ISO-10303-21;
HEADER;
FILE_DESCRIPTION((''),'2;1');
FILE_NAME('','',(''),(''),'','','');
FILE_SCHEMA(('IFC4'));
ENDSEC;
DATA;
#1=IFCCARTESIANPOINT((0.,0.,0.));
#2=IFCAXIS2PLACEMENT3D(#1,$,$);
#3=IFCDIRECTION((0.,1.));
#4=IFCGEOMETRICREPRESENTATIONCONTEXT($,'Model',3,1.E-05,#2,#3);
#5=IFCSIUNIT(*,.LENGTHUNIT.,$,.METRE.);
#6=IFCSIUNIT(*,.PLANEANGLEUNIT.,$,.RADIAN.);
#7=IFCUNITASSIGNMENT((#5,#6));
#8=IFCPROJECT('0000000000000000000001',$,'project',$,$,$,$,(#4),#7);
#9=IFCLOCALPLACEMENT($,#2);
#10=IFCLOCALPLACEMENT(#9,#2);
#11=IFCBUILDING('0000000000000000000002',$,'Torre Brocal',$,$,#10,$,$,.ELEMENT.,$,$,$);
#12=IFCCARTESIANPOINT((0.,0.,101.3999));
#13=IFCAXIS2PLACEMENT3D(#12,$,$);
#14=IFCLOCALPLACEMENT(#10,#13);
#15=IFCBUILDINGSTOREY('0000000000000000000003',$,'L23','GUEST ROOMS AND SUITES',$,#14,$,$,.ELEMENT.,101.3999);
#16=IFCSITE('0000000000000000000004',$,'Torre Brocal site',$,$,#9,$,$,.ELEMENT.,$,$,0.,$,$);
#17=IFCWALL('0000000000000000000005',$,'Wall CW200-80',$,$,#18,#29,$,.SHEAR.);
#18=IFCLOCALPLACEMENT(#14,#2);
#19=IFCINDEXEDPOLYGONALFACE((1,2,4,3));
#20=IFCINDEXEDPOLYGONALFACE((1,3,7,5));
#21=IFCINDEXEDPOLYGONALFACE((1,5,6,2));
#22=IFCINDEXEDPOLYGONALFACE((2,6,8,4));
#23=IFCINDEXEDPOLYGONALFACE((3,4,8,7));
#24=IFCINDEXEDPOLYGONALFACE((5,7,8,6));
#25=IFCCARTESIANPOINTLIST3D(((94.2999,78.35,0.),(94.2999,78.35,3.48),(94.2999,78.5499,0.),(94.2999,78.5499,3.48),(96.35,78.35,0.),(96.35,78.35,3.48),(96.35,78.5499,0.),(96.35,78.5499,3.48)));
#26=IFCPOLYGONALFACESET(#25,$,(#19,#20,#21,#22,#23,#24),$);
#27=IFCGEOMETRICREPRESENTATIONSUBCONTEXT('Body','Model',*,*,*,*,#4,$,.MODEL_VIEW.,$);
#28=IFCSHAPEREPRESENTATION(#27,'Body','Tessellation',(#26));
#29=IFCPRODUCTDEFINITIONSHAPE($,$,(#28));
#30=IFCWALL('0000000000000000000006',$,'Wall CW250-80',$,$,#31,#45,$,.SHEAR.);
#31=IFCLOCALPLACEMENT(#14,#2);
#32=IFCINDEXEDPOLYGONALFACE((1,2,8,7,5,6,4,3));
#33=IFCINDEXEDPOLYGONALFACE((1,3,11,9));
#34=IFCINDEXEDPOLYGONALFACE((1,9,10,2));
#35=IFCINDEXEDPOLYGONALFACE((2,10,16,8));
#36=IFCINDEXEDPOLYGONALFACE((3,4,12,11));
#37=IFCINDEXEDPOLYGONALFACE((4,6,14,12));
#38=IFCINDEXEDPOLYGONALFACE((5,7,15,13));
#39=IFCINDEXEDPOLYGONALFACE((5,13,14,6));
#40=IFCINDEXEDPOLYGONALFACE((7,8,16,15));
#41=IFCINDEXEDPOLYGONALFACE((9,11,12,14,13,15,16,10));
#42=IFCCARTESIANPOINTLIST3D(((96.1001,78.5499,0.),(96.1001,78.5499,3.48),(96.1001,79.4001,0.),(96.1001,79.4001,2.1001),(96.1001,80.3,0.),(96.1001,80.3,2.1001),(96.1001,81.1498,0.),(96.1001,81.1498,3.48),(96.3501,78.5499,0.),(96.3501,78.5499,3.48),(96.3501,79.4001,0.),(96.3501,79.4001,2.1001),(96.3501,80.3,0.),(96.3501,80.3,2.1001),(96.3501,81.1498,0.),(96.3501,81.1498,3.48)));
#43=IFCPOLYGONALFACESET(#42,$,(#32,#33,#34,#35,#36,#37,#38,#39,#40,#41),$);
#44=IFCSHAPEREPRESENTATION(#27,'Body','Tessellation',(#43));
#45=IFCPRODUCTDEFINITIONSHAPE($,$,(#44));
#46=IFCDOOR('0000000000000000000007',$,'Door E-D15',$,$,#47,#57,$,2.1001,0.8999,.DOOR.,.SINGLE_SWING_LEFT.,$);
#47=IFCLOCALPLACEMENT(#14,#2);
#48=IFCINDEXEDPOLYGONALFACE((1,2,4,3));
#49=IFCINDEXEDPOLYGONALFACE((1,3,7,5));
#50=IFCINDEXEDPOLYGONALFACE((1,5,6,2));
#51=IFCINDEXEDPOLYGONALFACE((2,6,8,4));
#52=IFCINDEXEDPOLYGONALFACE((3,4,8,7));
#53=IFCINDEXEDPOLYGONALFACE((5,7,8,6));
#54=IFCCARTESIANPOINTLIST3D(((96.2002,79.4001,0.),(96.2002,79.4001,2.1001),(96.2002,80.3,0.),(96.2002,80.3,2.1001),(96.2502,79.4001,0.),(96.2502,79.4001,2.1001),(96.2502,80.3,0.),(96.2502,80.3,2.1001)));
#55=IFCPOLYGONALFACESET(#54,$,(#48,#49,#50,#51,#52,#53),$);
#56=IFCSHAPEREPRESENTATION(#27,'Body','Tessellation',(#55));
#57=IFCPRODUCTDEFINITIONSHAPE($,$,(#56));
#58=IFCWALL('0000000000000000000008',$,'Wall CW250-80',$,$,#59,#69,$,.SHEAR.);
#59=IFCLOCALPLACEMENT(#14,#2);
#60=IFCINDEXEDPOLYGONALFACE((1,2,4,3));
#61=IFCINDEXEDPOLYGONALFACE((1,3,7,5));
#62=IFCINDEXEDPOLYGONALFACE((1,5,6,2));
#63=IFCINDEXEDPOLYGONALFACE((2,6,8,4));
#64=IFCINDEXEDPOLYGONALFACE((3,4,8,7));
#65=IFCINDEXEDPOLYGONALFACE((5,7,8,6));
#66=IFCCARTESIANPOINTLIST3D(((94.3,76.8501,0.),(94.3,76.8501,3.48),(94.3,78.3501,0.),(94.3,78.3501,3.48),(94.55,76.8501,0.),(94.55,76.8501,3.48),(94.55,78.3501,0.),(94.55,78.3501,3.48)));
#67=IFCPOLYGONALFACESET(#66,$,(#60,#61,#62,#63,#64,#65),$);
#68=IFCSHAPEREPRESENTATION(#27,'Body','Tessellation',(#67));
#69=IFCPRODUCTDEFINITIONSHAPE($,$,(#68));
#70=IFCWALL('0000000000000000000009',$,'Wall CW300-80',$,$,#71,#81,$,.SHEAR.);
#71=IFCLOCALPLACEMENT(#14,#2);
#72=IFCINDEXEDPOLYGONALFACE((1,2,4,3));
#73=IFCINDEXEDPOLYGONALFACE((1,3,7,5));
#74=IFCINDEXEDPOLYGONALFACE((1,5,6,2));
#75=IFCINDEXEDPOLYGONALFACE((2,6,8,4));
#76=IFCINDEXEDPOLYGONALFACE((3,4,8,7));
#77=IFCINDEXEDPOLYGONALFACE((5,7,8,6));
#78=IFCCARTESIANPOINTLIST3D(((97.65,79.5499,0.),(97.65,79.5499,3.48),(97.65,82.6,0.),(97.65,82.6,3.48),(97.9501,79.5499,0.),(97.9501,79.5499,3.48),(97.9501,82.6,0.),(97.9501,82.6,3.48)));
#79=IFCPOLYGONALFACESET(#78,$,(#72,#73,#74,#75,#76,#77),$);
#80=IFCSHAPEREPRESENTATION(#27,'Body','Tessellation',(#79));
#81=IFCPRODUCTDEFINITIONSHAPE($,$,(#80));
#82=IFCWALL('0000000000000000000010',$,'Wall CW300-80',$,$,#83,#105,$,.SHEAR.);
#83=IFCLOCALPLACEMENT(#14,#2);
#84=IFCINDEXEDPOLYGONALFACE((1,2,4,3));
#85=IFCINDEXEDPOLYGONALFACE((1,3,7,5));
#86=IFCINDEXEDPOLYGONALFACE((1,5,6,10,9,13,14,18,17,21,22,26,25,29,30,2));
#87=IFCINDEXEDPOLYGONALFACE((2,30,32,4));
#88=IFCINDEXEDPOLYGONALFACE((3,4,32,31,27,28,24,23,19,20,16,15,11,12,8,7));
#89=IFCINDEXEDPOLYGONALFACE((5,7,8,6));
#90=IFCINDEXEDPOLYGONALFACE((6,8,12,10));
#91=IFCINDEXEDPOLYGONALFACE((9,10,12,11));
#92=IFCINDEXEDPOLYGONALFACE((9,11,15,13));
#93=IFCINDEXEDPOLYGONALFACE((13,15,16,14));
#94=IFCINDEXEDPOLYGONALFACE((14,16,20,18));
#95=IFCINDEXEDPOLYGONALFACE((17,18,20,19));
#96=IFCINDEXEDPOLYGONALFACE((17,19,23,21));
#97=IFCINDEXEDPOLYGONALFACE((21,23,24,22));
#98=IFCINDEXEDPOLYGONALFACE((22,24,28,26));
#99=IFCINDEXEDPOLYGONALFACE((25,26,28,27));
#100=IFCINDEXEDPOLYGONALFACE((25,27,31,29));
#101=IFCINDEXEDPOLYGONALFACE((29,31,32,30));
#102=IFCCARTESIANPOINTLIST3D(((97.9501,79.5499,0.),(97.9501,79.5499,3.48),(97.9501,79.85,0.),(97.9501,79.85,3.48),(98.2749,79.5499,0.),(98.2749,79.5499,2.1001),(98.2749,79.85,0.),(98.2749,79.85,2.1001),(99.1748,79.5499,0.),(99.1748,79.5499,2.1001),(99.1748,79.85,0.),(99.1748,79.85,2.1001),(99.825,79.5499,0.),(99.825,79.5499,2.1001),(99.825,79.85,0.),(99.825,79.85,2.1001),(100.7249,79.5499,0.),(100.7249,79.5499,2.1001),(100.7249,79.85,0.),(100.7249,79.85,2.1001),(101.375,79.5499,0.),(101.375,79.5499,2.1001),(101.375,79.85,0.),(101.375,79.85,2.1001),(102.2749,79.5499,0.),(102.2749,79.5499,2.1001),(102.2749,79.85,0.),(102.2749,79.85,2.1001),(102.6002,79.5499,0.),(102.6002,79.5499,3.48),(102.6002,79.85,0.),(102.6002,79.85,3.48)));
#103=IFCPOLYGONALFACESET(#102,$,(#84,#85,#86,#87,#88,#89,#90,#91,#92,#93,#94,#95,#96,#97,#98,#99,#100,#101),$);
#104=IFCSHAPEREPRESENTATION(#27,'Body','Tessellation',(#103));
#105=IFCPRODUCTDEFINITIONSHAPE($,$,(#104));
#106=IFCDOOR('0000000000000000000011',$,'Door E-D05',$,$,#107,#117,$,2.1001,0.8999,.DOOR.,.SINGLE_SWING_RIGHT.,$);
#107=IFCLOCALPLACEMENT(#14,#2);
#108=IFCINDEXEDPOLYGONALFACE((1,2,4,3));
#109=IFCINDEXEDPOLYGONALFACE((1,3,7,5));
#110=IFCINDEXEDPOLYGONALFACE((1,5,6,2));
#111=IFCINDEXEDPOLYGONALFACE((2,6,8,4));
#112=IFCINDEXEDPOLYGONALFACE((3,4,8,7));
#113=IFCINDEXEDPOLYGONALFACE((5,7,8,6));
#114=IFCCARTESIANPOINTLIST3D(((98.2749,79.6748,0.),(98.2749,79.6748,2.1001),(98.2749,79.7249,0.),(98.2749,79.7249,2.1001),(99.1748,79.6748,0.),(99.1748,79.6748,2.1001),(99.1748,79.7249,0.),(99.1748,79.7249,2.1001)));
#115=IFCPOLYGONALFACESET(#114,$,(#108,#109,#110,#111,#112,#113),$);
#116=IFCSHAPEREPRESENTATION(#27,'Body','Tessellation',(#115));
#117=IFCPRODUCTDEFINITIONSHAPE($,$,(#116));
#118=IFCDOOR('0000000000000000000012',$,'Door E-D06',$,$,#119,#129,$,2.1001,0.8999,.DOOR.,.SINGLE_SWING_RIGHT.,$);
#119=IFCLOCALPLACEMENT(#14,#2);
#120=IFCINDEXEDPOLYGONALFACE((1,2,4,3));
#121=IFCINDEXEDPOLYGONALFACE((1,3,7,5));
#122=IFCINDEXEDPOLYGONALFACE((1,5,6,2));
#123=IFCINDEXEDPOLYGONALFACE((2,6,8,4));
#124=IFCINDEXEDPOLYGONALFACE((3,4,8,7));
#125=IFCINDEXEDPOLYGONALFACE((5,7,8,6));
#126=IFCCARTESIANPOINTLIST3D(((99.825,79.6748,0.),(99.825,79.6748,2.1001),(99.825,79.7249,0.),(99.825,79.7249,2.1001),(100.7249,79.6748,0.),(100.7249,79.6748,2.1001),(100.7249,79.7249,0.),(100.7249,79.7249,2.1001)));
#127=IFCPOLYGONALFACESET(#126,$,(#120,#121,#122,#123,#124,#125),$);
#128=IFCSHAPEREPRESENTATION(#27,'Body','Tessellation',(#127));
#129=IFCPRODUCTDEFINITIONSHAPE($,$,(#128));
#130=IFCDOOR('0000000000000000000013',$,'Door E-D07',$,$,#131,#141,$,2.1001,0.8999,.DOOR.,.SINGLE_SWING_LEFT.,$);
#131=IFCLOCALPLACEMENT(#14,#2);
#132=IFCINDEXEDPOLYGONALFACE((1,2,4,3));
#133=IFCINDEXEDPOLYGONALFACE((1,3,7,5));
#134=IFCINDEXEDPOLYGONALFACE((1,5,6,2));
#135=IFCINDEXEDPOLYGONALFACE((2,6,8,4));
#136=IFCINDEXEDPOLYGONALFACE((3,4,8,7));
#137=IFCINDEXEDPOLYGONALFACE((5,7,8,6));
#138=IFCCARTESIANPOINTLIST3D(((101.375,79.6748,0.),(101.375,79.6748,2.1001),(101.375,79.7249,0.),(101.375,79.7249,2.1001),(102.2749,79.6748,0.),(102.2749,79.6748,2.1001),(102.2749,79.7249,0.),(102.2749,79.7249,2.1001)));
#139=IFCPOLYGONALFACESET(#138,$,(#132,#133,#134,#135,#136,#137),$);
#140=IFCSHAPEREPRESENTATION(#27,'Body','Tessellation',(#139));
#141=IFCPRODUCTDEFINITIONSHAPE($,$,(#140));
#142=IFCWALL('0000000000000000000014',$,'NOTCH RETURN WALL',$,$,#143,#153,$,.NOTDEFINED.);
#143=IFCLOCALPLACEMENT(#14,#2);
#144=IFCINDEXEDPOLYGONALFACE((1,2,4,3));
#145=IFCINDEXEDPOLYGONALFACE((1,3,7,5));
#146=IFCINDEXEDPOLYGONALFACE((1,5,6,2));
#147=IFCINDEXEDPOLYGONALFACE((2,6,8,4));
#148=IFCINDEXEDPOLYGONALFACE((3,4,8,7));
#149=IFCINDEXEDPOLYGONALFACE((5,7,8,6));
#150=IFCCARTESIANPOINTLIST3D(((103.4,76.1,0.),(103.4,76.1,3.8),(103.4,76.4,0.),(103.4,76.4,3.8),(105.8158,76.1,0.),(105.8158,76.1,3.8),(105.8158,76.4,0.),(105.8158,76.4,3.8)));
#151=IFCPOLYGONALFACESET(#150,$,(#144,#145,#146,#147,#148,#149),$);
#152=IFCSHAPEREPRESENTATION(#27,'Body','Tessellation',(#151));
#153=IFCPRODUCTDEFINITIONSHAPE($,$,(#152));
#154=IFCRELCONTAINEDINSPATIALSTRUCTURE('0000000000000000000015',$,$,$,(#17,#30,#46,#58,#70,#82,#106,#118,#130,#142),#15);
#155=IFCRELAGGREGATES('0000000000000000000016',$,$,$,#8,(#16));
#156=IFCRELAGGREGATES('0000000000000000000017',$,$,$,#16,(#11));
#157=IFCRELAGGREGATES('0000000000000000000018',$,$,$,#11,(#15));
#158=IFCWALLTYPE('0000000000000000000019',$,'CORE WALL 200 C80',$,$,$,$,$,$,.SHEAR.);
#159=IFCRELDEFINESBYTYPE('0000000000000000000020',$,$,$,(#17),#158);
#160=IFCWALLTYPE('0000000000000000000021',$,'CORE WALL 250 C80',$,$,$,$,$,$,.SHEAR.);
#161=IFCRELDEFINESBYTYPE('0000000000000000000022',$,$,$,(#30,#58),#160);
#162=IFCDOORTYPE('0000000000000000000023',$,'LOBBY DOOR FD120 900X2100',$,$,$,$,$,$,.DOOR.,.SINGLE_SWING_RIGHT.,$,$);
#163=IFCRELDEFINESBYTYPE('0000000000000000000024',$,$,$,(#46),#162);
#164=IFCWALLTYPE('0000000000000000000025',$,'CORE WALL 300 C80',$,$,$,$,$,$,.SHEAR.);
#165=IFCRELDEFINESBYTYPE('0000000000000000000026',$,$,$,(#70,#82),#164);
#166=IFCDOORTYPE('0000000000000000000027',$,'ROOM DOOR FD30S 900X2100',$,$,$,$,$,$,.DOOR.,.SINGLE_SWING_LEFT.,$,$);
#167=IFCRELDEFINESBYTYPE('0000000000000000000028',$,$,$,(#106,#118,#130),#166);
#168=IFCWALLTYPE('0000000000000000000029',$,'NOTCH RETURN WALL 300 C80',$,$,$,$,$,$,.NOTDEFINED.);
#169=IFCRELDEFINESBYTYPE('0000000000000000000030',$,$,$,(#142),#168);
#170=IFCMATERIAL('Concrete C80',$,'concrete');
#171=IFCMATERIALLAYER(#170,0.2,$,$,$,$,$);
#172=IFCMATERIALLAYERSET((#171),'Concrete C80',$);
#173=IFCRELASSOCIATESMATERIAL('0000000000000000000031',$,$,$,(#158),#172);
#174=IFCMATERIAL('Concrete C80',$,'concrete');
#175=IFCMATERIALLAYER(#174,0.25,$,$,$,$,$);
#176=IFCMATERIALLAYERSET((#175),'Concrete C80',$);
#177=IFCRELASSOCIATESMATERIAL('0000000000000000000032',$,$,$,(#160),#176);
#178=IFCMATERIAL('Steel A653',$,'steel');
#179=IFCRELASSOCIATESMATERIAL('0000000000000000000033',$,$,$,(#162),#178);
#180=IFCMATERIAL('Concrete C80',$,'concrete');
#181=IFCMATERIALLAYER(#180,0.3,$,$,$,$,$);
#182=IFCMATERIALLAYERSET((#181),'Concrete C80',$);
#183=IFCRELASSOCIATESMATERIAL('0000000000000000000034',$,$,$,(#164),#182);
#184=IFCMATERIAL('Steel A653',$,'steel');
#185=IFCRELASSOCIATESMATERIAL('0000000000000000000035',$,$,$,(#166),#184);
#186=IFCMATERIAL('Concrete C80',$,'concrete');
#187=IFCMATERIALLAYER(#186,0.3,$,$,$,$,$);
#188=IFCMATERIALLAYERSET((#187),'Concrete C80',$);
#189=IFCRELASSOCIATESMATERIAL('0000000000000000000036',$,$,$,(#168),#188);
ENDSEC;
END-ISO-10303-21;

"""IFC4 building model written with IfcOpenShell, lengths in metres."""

from ifc_helpers import new_model, si_unit, direction, frame, frame_2d, origin, place, context, subcontext, project, spatial, rectangle, extrude, material, layer, layer_set, type_object, element, fill, save


model = new_model("IFC4")

# Units and contexts
model_context = context("Model", 3, precision=1e-05, world=origin(), true_north=direction((0.0, 1.0)))
body_context = subcontext(model_context, "Body", "Model", "MODEL_VIEW")
ifc_project = project(units=[si_unit("LENGTHUNIT", "METRE"), si_unit("PLANEANGLEUNIT", "RADIAN")], contexts=[model_context])

# Site, building, storey
site_placement = place(None, origin())
site = spatial("IfcSite", under=ifc_project, at=site_placement, Name="Torre Brocal site", CompositionType="ELEMENT", RefElevation=0.0)
building_placement = place(site_placement, origin())
building = spatial("IfcBuilding", under=site, at=building_placement, Name="Torre Brocal", CompositionType="ELEMENT")
storey_placement = place(building_placement, frame((0.0, 0.0, 101.3999)))
storey = spatial("IfcBuildingStorey", under=building, at=storey_placement, Name="L23", Description="GUEST ROOMS AND SUITES", CompositionType="ELEMENT", Elevation=101.3999)

# Wall
ifc_material_1 = material(Name="Concrete C80", Category="concrete")
ifc_layer_1 = layer(ifc_material_1, 0.2)
ifc_layer_set_1 = layer_set([ifc_layer_1], Name="Concrete C80")
wall_type_1 = type_object("IfcWallType", Name="CORE WALL 200 C80", PredefinedType="SHEAR", material=ifc_layer_set_1)
wall_1_placement = place(storey_placement, frame((94.3, 78.45, 0.0), z_axis=(0.0, 0.0, 1.0), x_axis=(1.0, 0.0, 0.0)))
element("IfcWall", 1, at=wall_1_placement, inside=storey, type_object=wall_type_1, Name="Wall CW200-80", PredefinedType="SHEAR", context=body_context, shape_type="SweptSolid", body=[
    extrude(rectangle(XDim=2.05, YDim=0.2, at=frame_2d((1.0249, 0.0))), origin(), (0.0, 0.0, 1.0), 3.48),
])

# Wall, opening, door
ifc_material_2 = material(Name="Concrete C80", Category="concrete")
ifc_layer_2 = layer(ifc_material_2, 0.25)
ifc_layer_set_2 = layer_set([ifc_layer_2], Name="Concrete C80")
wall_type_2 = type_object("IfcWallType", Name="CORE WALL 250 C80", PredefinedType="SHEAR", material=ifc_layer_set_2)
wall_2_placement = place(storey_placement, frame((96.2251, 78.55, 0.0), z_axis=(0.0, 0.0, 1.0), x_axis=(0.0, 1.0, 0.0)))
wall_2 = element("IfcWall", 2, at=wall_2_placement, inside=storey, type_object=wall_type_2, Name="Wall CW250-80", PredefinedType="SHEAR", context=body_context, shape_type="SweptSolid", body=[
    extrude(rectangle(XDim=2.5999, YDim=0.25, at=frame_2d((1.2998, 0.0))), origin(), (0.0, 0.0, 1.0), 3.48),
])
opening_1_placement = place(wall_2_placement, frame((0.8501, 0.0, 0.0)))
opening_1 = element("IfcOpeningElement", 3, at=opening_1_placement, cuts=wall_2, PredefinedType="OPENING", context=body_context, shape_type="SweptSolid", body=[
    extrude(rectangle(XDim=0.8999, YDim=2.1001, at=frame_2d((0.45, 1.05))), frame((0.0, 0.135, 0.0), z_axis=(0.0, -1.0, 0.0), x_axis=(1.0, 0.0, 0.0)), (0.0, 0.0, 1.0), 0.27),
])
ifc_material_3 = material(Name="Steel A653", Category="steel")
door_type_1 = type_object("IfcDoorType", Name="LOBBY DOOR FD120 900X2100", OperationType="SINGLE_SWING_RIGHT", PredefinedType="DOOR", material=ifc_material_3)
door_1_placement = place(opening_1_placement, origin())
door_1 = element("IfcDoor", 4, at=door_1_placement, inside=storey, type_object=door_type_1, Name="Door E-D15", OperationType="SINGLE_SWING_LEFT", OverallHeight=2.1001, OverallWidth=0.8999, PredefinedType="DOOR", context=body_context, shape_type="SweptSolid", body=[
    extrude(rectangle(XDim=0.8999, YDim=2.1001, at=frame_2d((0.45, 1.05))), frame((0.0, 0.0249, 0.0), z_axis=(0.0, -1.0, 0.0), x_axis=(1.0, 0.0, 0.0)), (0.0, 0.0, 1.0), 0.05),
])
fill(opening_1, door_1)

# Walls
wall_3_placement = place(storey_placement, frame((94.425, 76.8501, 0.0), z_axis=(0.0, 0.0, 1.0), x_axis=(0.0, 1.0, 0.0)))
element("IfcWall", 5, at=wall_3_placement, inside=storey, type_object=wall_type_2, Name="Wall CW250-80", PredefinedType="SHEAR", context=body_context, shape_type="SweptSolid", body=[
    extrude(rectangle(XDim=1.5, YDim=0.25, at=frame_2d((0.75, 0.0))), origin(), (0.0, 0.0, 1.0), 3.48),
])
ifc_material_4 = material(Name="Concrete C80", Category="concrete")
ifc_layer_3 = layer(ifc_material_4, 0.3)
ifc_layer_set_3 = layer_set([ifc_layer_3], Name="Concrete C80")
wall_type_3 = type_object("IfcWallType", Name="CORE WALL 300 C80", PredefinedType="SHEAR", material=ifc_layer_set_3)
wall_4_placement = place(storey_placement, frame((97.8, 79.55, 0.0), z_axis=(0.0, 0.0, 1.0), x_axis=(0.0, 1.0, 0.0)))
element("IfcWall", 6, at=wall_4_placement, inside=storey, type_object=wall_type_3, Name="Wall CW300-80", PredefinedType="SHEAR", context=body_context, shape_type="SweptSolid", body=[
    extrude(rectangle(XDim=3.05, YDim=0.3, at=frame_2d((1.5249, 0.0))), origin(), (0.0, 0.0, 1.0), 3.48),
])

# Wall, openings, doors
wall_5_placement = place(storey_placement, frame((97.95, 79.7, 0.0), z_axis=(0.0, 0.0, 1.0), x_axis=(1.0, 0.0, 0.0)))
wall_5 = element("IfcWall", 7, at=wall_5_placement, inside=storey, type_object=wall_type_3, Name="Wall CW300-80", PredefinedType="SHEAR", context=body_context, shape_type="SweptSolid", body=[
    extrude(rectangle(XDim=4.6501, YDim=0.3, at=frame_2d((2.3252, 0.0))), origin(), (0.0, 0.0, 1.0), 3.48),
])
opening_2_placement = place(wall_5_placement, frame((0.325, 0.0, 0.0)))
opening_2 = element("IfcOpeningElement", 8, at=opening_2_placement, cuts=wall_5, PredefinedType="OPENING", context=body_context, shape_type="SweptSolid", body=[
    extrude(rectangle(XDim=0.8999, YDim=2.1001, at=frame_2d((0.45, 1.05))), frame((0.0, 0.1599, 0.0), z_axis=(0.0, -1.0, 0.0), x_axis=(1.0, 0.0, 0.0)), (0.0, 0.0, 1.0), 0.3201),
])
opening_3_placement = place(wall_5_placement, frame((1.875, 0.0, 0.0)))
opening_3 = element("IfcOpeningElement", 9, at=opening_3_placement, cuts=wall_5, PredefinedType="OPENING", context=body_context, shape_type="SweptSolid", body=[
    extrude(rectangle(XDim=0.8999, YDim=2.1001, at=frame_2d((0.45, 1.05))), frame((0.0, 0.1599, 0.0), z_axis=(0.0, -1.0, 0.0), x_axis=(1.0, 0.0, 0.0)), (0.0, 0.0, 1.0), 0.3201),
])
opening_4_placement = place(wall_5_placement, frame((3.425, 0.0, 0.0)))
opening_4 = element("IfcOpeningElement", 10, at=opening_4_placement, cuts=wall_5, PredefinedType="OPENING", context=body_context, shape_type="SweptSolid", body=[
    extrude(rectangle(XDim=0.8999, YDim=2.1001, at=frame_2d((0.45, 1.05))), frame((0.0, 0.1599, 0.0), z_axis=(0.0, -1.0, 0.0), x_axis=(1.0, 0.0, 0.0)), (0.0, 0.0, 1.0), 0.3201),
])
ifc_material_5 = material(Name="Steel A653", Category="steel")
door_type_2 = type_object("IfcDoorType", Name="ROOM DOOR FD30S 900X2100", OperationType="SINGLE_SWING_LEFT", PredefinedType="DOOR", material=ifc_material_5)
door_2_placement = place(opening_2_placement, origin())
door_2 = element("IfcDoor", 11, at=door_2_placement, inside=storey, type_object=door_type_2, Name="Door E-D05", OperationType="SINGLE_SWING_RIGHT", OverallHeight=2.1001, OverallWidth=0.8999, PredefinedType="DOOR", context=body_context, shape_type="SweptSolid", body=[
    extrude(rectangle(XDim=0.8999, YDim=2.1001, at=frame_2d((0.45, 1.05))), frame((0.0, 0.0249, 0.0), z_axis=(0.0, -1.0, 0.0), x_axis=(1.0, 0.0, 0.0)), (0.0, 0.0, 1.0), 0.05),
])
fill(opening_2, door_2)
door_3_placement = place(opening_3_placement, origin())
door_3 = element("IfcDoor", 12, at=door_3_placement, inside=storey, type_object=door_type_2, Name="Door E-D06", OperationType="SINGLE_SWING_RIGHT", OverallHeight=2.1001, OverallWidth=0.8999, PredefinedType="DOOR", context=body_context, shape_type="SweptSolid", body=[
    extrude(rectangle(XDim=0.8999, YDim=2.1001, at=frame_2d((0.45, 1.05))), frame((0.0, 0.0249, 0.0), z_axis=(0.0, -1.0, 0.0), x_axis=(1.0, 0.0, 0.0)), (0.0, 0.0, 1.0), 0.05),
])
fill(opening_3, door_3)
door_4_placement = place(opening_4_placement, origin())
door_4 = element("IfcDoor", 13, at=door_4_placement, inside=storey, type_object=door_type_2, Name="Door E-D07", OperationType="SINGLE_SWING_LEFT", OverallHeight=2.1001, OverallWidth=0.8999, PredefinedType="DOOR", context=body_context, shape_type="SweptSolid", body=[
    extrude(rectangle(XDim=0.8999, YDim=2.1001, at=frame_2d((0.45, 1.05))), frame((0.0, 0.0249, 0.0), z_axis=(0.0, -1.0, 0.0), x_axis=(1.0, 0.0, 0.0)), (0.0, 0.0, 1.0), 0.05),
])
fill(opening_4, door_4)

# Wall
ifc_material_6 = material(Name="Concrete C80", Category="concrete")
ifc_layer_4 = layer(ifc_material_6, 0.3)
ifc_layer_set_4 = layer_set([ifc_layer_4], Name="Concrete C80")
wall_type_4 = type_object("IfcWallType", Name="NOTCH RETURN WALL 300 C80", PredefinedType="NOTDEFINED", material=ifc_layer_set_4)
wall_6_placement = place(storey_placement, frame((103.3999, 76.25, 0.0), z_axis=(0.0, 0.0, 1.0), x_axis=(1.0, 0.0, 0.0)))
element("IfcWall", 14, at=wall_6_placement, inside=storey, type_object=wall_type_4, Name="NOTCH RETURN WALL", PredefinedType="NOTDEFINED", context=body_context, shape_type="SweptSolid", body=[
    extrude(rectangle(XDim=2.4158, YDim=0.3, at=frame_2d((1.208, 0.0))), origin(), (0.0, 0.0, 1.0), 3.8),
])

save(model, "model.ifc")
